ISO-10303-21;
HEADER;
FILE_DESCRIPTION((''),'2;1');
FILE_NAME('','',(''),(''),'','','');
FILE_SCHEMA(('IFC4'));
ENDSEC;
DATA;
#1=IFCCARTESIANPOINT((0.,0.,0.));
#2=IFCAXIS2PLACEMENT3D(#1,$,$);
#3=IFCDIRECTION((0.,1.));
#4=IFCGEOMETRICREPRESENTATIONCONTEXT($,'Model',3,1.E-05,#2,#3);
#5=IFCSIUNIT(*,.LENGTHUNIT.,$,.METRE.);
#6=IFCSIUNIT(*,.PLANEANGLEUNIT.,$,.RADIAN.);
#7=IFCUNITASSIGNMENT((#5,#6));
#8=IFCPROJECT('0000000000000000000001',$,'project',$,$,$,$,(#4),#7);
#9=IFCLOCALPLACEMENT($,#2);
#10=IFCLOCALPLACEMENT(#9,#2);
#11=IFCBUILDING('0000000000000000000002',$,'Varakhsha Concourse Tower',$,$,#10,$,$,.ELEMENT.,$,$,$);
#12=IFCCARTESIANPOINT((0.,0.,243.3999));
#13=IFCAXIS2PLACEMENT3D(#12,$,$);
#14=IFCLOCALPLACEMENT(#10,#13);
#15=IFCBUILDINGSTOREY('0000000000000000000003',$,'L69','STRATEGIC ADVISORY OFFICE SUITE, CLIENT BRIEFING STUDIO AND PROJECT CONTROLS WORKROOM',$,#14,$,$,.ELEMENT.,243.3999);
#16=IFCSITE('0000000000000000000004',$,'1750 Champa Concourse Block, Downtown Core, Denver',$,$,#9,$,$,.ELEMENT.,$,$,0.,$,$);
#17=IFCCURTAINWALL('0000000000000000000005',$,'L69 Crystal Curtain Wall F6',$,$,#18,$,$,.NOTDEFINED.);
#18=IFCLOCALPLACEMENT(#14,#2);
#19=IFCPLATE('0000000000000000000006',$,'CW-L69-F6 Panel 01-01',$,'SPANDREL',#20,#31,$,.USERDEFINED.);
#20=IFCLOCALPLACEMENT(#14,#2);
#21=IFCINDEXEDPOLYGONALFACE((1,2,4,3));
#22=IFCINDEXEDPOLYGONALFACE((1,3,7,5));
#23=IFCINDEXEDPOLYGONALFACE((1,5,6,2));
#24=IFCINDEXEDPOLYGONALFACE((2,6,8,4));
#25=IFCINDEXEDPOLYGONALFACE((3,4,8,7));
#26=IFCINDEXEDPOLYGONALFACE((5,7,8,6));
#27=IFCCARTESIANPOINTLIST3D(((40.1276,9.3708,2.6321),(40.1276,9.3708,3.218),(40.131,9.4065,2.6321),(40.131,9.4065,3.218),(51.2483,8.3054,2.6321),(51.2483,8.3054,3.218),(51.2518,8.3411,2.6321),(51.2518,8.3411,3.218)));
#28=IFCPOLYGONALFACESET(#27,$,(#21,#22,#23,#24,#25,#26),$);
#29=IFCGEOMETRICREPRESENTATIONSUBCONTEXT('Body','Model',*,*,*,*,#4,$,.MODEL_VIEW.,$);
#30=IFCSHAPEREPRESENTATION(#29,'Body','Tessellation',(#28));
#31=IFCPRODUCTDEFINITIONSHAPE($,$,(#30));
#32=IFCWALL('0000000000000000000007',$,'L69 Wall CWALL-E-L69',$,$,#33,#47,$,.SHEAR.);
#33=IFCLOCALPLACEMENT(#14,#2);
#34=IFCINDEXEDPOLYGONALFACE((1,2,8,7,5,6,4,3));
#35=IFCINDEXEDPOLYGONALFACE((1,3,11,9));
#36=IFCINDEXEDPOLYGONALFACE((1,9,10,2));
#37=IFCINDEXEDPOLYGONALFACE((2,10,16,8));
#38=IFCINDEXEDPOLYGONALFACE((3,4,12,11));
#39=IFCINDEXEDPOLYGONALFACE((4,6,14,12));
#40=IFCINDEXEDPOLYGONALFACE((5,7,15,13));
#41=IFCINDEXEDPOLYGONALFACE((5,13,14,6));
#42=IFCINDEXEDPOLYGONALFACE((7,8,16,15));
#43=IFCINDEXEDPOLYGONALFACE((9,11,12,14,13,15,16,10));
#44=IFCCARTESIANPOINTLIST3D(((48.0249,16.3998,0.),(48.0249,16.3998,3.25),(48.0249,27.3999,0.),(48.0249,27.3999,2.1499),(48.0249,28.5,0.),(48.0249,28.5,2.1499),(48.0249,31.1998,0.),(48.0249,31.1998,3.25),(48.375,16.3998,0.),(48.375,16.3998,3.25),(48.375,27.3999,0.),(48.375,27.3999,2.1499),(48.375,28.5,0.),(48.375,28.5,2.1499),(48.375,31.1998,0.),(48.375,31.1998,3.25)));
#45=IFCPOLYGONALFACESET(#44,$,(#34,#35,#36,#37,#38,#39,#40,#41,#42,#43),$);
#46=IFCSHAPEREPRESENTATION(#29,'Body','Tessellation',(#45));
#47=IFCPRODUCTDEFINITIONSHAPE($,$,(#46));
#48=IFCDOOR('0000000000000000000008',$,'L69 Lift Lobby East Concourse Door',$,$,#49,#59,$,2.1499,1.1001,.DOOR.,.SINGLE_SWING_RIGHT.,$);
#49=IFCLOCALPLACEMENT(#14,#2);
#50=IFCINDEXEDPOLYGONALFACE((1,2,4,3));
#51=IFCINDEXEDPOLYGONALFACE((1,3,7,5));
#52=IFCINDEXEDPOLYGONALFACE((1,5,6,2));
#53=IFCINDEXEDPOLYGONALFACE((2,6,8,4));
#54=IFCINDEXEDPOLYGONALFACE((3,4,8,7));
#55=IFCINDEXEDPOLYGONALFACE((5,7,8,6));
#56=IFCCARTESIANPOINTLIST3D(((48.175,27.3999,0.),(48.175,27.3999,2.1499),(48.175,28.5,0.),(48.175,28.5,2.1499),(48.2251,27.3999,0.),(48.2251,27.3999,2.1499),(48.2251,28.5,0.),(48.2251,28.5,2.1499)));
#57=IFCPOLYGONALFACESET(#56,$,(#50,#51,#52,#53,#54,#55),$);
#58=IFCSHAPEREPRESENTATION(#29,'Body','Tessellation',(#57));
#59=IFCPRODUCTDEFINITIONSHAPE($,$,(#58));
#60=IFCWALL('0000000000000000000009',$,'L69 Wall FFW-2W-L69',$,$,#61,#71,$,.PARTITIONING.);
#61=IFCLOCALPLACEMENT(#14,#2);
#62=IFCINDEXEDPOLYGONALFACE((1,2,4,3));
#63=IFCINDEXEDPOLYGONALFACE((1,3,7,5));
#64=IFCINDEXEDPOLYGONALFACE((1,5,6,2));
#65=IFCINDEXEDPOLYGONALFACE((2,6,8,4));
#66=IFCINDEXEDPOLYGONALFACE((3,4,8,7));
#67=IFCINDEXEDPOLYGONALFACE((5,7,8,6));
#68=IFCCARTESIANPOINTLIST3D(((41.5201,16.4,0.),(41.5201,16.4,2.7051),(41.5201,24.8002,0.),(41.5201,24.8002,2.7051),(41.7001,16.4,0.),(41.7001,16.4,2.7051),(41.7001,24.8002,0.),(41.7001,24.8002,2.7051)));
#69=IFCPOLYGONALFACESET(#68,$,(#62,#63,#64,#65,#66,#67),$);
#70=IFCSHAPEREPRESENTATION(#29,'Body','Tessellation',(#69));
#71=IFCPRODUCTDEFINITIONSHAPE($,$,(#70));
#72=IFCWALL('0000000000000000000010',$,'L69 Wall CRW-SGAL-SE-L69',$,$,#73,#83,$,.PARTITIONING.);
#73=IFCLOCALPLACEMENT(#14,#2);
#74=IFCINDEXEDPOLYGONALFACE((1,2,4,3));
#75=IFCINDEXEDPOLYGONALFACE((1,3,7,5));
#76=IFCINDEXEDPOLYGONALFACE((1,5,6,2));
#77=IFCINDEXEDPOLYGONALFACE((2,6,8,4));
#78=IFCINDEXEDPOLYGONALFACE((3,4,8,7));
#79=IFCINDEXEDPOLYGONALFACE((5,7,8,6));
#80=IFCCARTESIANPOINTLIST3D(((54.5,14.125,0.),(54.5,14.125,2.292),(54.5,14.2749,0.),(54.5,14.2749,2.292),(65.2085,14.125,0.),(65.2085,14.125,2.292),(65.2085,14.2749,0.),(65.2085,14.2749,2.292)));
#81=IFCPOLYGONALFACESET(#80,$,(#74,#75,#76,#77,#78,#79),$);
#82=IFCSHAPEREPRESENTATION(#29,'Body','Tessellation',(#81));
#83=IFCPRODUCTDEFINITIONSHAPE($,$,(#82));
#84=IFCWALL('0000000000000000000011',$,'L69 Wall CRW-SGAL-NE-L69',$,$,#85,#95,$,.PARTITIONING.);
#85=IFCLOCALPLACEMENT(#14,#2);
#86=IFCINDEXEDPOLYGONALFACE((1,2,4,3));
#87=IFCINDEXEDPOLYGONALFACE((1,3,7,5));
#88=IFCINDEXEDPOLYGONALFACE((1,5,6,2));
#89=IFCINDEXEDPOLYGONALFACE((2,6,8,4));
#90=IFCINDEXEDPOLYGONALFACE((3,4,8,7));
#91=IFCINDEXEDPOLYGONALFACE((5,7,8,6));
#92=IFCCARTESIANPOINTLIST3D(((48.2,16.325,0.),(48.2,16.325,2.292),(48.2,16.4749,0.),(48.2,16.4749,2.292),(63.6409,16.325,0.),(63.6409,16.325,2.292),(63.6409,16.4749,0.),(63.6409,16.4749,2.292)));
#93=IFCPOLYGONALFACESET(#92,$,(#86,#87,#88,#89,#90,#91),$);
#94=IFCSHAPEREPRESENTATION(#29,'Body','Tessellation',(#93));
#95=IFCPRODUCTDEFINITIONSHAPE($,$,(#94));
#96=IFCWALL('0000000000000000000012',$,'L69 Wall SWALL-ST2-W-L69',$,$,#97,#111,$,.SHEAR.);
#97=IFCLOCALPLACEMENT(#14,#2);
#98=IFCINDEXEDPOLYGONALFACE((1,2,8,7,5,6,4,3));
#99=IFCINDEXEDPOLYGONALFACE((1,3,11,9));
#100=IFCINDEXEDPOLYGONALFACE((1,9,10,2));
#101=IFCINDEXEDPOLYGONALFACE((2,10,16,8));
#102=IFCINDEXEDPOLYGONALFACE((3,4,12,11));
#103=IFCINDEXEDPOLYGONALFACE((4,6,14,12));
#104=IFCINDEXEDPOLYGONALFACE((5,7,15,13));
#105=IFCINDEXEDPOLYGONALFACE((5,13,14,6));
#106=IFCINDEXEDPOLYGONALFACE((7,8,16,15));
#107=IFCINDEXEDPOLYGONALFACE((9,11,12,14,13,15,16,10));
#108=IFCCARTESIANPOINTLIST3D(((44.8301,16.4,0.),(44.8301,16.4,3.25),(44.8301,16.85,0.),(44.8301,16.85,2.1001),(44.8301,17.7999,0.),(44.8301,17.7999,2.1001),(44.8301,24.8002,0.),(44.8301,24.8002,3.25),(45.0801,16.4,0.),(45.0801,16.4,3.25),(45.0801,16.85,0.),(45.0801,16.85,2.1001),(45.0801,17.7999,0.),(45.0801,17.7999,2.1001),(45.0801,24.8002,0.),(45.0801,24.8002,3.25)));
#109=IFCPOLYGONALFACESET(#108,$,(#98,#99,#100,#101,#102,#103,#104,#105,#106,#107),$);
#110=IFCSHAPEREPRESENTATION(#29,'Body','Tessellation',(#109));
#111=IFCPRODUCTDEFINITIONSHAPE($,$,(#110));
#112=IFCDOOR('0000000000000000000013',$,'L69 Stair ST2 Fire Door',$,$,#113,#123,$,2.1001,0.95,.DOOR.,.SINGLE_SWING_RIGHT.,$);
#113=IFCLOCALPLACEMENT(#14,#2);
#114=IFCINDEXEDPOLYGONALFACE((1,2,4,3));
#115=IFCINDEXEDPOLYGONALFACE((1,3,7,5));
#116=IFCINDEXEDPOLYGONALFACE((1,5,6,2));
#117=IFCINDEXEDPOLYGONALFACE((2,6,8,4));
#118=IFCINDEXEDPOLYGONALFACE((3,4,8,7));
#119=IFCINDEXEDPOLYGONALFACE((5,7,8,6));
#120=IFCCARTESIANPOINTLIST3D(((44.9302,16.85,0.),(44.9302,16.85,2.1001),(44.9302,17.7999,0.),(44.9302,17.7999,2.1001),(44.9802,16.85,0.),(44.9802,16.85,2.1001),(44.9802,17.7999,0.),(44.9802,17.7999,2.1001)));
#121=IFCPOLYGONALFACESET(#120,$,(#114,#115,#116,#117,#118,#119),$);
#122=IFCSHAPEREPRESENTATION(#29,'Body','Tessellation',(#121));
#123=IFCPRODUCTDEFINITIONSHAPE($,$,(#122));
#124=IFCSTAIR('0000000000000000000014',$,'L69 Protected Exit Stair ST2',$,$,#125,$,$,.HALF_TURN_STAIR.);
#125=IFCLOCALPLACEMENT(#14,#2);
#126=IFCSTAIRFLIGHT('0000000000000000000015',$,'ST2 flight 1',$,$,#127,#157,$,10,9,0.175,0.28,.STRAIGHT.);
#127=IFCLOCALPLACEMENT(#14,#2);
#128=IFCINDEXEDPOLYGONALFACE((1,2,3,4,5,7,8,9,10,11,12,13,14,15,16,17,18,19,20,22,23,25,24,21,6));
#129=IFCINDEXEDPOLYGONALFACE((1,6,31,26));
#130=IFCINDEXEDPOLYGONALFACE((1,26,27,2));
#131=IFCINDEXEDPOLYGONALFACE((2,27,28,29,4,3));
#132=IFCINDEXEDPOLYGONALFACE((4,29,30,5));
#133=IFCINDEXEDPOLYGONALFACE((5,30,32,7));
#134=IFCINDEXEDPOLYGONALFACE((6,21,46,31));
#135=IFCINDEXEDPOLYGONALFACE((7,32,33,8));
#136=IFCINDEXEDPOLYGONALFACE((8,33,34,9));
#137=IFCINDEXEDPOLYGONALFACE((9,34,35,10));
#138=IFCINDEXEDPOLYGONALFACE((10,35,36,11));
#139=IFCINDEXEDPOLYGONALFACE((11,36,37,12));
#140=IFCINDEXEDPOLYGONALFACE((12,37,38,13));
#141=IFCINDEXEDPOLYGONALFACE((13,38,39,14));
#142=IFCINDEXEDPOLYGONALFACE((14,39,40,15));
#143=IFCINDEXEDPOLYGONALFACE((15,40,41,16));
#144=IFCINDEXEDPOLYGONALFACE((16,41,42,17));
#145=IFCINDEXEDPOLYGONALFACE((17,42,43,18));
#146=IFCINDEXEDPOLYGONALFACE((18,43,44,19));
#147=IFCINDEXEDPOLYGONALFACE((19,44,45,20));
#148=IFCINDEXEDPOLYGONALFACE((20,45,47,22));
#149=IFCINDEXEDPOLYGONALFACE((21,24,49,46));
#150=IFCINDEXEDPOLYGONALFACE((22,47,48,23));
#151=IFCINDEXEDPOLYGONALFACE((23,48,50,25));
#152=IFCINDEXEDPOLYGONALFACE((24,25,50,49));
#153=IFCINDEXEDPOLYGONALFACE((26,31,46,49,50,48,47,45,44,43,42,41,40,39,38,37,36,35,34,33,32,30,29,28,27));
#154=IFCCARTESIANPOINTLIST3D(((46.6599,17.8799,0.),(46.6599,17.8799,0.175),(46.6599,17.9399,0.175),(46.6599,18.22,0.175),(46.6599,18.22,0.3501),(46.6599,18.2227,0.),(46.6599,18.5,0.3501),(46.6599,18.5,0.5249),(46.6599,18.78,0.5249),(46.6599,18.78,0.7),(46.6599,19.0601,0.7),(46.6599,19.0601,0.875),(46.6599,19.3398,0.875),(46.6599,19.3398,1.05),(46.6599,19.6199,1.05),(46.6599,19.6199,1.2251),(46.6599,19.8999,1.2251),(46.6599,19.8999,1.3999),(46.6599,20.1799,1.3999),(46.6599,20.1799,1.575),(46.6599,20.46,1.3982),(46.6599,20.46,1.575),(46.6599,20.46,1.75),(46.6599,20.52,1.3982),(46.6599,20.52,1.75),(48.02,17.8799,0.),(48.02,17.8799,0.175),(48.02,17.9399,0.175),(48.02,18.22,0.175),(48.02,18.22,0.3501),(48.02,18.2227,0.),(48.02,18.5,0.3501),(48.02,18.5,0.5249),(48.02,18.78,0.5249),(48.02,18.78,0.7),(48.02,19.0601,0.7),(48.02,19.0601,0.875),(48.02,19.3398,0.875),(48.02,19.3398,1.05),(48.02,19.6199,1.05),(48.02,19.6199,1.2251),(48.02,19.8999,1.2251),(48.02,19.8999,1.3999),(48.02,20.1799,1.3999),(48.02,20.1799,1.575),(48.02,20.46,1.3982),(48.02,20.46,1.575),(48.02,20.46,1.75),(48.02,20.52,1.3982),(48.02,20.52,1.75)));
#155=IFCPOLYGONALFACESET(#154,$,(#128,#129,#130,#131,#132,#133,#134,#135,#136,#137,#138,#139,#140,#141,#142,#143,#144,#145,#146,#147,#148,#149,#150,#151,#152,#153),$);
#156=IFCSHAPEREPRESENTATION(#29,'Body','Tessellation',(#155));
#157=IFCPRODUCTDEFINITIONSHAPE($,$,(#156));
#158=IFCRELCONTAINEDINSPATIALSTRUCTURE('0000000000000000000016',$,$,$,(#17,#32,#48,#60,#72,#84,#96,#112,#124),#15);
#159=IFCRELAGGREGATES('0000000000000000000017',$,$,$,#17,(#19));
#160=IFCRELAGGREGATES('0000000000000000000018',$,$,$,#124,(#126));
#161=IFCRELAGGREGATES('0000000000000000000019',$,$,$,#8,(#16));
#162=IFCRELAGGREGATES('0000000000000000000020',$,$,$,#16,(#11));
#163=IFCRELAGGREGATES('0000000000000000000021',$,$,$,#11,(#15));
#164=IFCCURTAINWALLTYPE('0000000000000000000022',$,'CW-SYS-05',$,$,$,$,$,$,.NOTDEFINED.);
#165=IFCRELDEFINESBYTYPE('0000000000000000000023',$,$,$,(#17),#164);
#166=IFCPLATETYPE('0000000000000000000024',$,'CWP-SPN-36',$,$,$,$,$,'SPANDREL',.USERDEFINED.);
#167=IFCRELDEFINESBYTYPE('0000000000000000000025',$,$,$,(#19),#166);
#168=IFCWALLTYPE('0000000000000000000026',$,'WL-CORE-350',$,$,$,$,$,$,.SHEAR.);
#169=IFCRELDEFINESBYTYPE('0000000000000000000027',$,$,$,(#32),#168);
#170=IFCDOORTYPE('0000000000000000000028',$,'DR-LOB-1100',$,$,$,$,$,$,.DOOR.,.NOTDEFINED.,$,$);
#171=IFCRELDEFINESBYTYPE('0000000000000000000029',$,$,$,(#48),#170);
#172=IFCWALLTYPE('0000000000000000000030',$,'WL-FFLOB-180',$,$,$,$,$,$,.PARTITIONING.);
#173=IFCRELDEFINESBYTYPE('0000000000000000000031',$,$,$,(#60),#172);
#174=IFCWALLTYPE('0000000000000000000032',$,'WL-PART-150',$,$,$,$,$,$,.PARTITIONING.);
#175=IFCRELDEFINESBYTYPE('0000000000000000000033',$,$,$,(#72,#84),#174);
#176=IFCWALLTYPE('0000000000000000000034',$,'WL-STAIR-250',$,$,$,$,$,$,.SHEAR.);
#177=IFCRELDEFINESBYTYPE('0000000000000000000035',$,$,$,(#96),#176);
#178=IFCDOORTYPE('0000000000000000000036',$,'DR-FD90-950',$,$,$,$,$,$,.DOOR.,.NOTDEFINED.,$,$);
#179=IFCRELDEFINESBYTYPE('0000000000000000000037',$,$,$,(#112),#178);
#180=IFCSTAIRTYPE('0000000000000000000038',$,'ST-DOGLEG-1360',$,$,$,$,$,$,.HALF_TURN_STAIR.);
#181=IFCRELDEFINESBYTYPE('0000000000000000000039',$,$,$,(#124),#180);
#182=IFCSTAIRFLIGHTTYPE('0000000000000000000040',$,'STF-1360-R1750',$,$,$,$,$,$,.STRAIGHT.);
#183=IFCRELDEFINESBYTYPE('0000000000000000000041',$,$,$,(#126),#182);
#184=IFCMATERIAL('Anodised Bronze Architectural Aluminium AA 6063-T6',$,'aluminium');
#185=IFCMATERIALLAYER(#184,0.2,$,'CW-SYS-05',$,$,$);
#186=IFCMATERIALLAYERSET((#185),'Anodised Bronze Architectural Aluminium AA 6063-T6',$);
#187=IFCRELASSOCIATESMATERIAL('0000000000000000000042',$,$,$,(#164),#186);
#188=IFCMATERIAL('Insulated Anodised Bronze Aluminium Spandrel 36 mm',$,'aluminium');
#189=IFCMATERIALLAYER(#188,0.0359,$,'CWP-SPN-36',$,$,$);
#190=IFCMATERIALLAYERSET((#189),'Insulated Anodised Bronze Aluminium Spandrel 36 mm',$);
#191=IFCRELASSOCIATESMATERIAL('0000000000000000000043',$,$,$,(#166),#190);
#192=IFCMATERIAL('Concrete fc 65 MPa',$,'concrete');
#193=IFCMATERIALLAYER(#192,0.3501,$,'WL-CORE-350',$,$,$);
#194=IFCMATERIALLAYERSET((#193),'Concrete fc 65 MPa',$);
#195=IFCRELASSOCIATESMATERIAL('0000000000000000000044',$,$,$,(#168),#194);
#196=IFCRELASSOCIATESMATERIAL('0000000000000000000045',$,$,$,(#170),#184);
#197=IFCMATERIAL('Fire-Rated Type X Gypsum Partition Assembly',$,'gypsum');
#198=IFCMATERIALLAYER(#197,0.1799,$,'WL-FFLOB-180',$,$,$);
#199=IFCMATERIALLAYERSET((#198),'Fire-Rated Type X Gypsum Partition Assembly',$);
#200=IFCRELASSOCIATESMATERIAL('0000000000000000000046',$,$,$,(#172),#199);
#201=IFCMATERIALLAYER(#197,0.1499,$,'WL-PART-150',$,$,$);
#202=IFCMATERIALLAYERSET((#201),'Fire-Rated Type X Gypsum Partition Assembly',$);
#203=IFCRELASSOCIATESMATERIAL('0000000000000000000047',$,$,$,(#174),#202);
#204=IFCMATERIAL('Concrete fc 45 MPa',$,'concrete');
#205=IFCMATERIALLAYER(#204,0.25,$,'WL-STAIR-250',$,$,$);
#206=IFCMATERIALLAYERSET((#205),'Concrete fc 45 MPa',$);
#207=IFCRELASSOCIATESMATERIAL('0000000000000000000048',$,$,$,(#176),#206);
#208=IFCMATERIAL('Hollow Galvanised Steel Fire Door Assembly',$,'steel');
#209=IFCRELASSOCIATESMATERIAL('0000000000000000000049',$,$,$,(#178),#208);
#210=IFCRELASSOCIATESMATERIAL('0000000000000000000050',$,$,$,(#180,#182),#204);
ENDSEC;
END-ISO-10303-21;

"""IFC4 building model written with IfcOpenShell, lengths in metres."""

from ifc_helpers import new_model, si_unit, direction, frame, frame_2d, origin, origin_2d, place, context, subcontext, project, spatial, polyline, rectangle, outline, extrude, source, transform, mapped, material, layer, layer_set, type_object, type_shapes, element, fill, aggregate, save


model = new_model("IFC4")

# Units and contexts
model_context = context("Model", 3, precision=1e-05, world=origin(), true_north=direction((0.0, 1.0)))
body_context = subcontext(model_context, "Body", "Model", "MODEL_VIEW")
ifc_project = project(units=[si_unit("LENGTHUNIT", "METRE"), si_unit("PLANEANGLEUNIT", "RADIAN")], contexts=[model_context])

# Site, building, storey
site_placement = place(None, origin())
site = spatial("IfcSite", under=ifc_project, at=site_placement, Name="1750 Champa Concourse Block, Downtown Core, Denver", CompositionType="ELEMENT", RefElevation=0.0)
building_placement = place(site_placement, origin())
building = spatial("IfcBuilding", under=site, at=building_placement, Name="Varakhsha Concourse Tower", CompositionType="ELEMENT")
storey_placement = place(building_placement, frame((0.0, 0.0, 243.3999)))
storey = spatial("IfcBuildingStorey", under=building, at=storey_placement, Name="L69", Description="STRATEGIC ADVISORY OFFICE SUITE, CLIENT BRIEFING STUDIO AND PROJECT CONTROLS WORKROOM", CompositionType="ELEMENT", Elevation=243.3999)

# Shared definitions
ifc_material_1 = material(Name="Concrete fc 65 MPa", Category="concrete")

# Shared definitions
ifc_material_2 = material(Name="Anodised Bronze Architectural Aluminium AA 6063-T6", Category="aluminium")
ifc_layer_1 = layer(ifc_material_2, 0.2, Name="CW-SYS-05")
ifc_layer_set_1 = layer_set([ifc_layer_1], Name="Anodised Bronze Architectural Aluminium AA 6063-T6")
curtain_wall_type = type_object("IfcCurtainWallType", Name="CW-SYS-05", PredefinedType="NOTDEFINED", material=ifc_layer_set_1)

# Curtain wall
curtain_wall_1_placement = place(storey_placement, origin())
curtain_wall_1 = element("IfcCurtainWall", 1, at=curtain_wall_1_placement, inside=storey, type_object=curtain_wall_type, Name="L69 Crystal Curtain Wall F6", PredefinedType="NOTDEFINED")

# Plate
ifc_material_3 = material(Name="Insulated Anodised Bronze Aluminium Spandrel 36 mm", Category="aluminium")
ifc_layer_2 = layer(ifc_material_3, 0.0359, Name="CWP-SPN-36")
ifc_layer_set_2 = layer_set([ifc_layer_2], Name="Insulated Anodised Bronze Aluminium Spandrel 36 mm")
plate_type_1 = type_object("IfcPlateType", Name="CWP-SPN-36", ElementType="SPANDREL", PredefinedType="USERDEFINED", material=ifc_layer_set_2)
shared_shape_1 = source(origin(), body_context, "Body", "SweptSolid", [
    extrude(rectangle(XDim=11.1716, YDim=0.0359, at=origin_2d()), origin(), (0.0, 0.0, 1.0), 0.5859),
])
type_shapes(plate_type_1, [shared_shape_1])
plate_1_placement = place(storey_placement, frame((45.6897, 8.856, 2.6321), z_axis=(0.0, 0.0, 1.0), x_axis=(-0.995443, 0.095363, 0.0)))
plate_1 = element("IfcPlate", 2, at=plate_1_placement, type_object=plate_type_1, Name="CW-L69-F6 Panel 01-01", ObjectType="SPANDREL", PredefinedType="USERDEFINED", context=body_context, shape_type="MappedRepresentation", body=[
    mapped(shared_shape_1, transform((0.0, 0.0, 0.0), scale=1.0)),
])
aggregate(curtain_wall_1, [plate_1])

# Wall, opening, door
ifc_layer_3 = layer(ifc_material_1, 0.3501, Name="WL-CORE-350")
ifc_layer_set_3 = layer_set([ifc_layer_3], Name="Concrete fc 65 MPa")
wall_type_1 = type_object("IfcWallType", Name="WL-CORE-350", PredefinedType="SHEAR", material=ifc_layer_set_3)
wall_1_placement = place(storey_placement, frame((48.2, 16.3999, 0.0), z_axis=(0.0, 0.0, 1.0), x_axis=(0.0, 1.0, 0.0)))
wall_1 = element("IfcWall", 3, at=wall_1_placement, inside=storey, type_object=wall_type_1, Name="L69 Wall CWALL-E-L69", PredefinedType="SHEAR", context=body_context, shape_type="SweptSolid", body=[
    extrude(rectangle(XDim=14.8, YDim=0.3501, at=frame_2d((7.3999, 0.0))), origin(), (0.0, 0.0, 1.0), 3.25),
])
opening_1_placement = place(wall_1_placement, frame((11.0, 0.0, 0.0)))
opening_1 = element("IfcOpeningElement", 4, at=opening_1_placement, cuts=wall_1, PredefinedType="OPENING", context=body_context, shape_type="SweptSolid", body=[
    extrude(rectangle(XDim=1.1001, YDim=2.1499, at=frame_2d((0.55, 1.075))), frame((0.0, 0.1851, 0.0), z_axis=(0.0, -1.0, 0.0), x_axis=(1.0, 0.0, 0.0)), (0.0, 0.0, 1.0), 0.3701),
])
door_type_1 = type_object("IfcDoorType", Name="DR-LOB-1100", OperationType="NOTDEFINED", PredefinedType="DOOR", material=ifc_material_2)
door_1_placement = place(opening_1_placement, origin())
door_1 = element("IfcDoor", 5, at=door_1_placement, inside=storey, type_object=door_type_1, Name="L69 Lift Lobby East Concourse Door", OperationType="SINGLE_SWING_RIGHT", OverallHeight=2.1499, OverallWidth=1.1001, PredefinedType="DOOR", context=body_context, shape_type="SweptSolid", body=[
    extrude(rectangle(XDim=1.1001, YDim=2.1499, at=frame_2d((0.55, 1.075))), frame((0.0, 0.0249, 0.0), z_axis=(0.0, -1.0, 0.0), x_axis=(1.0, 0.0, 0.0)), (0.0, 0.0, 1.0), 0.05),
])
fill(opening_1, door_1)

# Walls
ifc_material_4 = material(Name="Fire-Rated Type X Gypsum Partition Assembly", Category="gypsum")
ifc_layer_4 = layer(ifc_material_4, 0.1799, Name="WL-FFLOB-180")
ifc_layer_set_4 = layer_set([ifc_layer_4], Name="Fire-Rated Type X Gypsum Partition Assembly")
wall_type_2 = type_object("IfcWallType", Name="WL-FFLOB-180", PredefinedType="PARTITIONING", material=ifc_layer_set_4)
wall_2_placement = place(storey_placement, frame((41.6101, 16.3999, 0.0), z_axis=(0.0, 0.0, 1.0), x_axis=(0.0, 1.0, 0.0)))
element("IfcWall", 6, at=wall_2_placement, inside=storey, type_object=wall_type_2, Name="L69 Wall FFW-2W-L69", PredefinedType="PARTITIONING", context=body_context, shape_type="SweptSolid", body=[
    extrude(rectangle(XDim=8.4001, YDim=0.1799, at=frame_2d((4.2002, 0.0))), origin(), (0.0, 0.0, 1.0), 2.7051),
])
ifc_layer_5 = layer(ifc_material_4, 0.1499, Name="WL-PART-150")
ifc_layer_set_5 = layer_set([ifc_layer_5], Name="Fire-Rated Type X Gypsum Partition Assembly")
wall_type_3 = type_object("IfcWallType", Name="WL-PART-150", PredefinedType="PARTITIONING", material=ifc_layer_set_5)
wall_3_placement = place(storey_placement, frame((54.5, 14.2, 0.0), z_axis=(0.0, 0.0, 1.0), x_axis=(1.0, 0.0, 0.0)))
element("IfcWall", 7, at=wall_3_placement, inside=storey, type_object=wall_type_3, Name="L69 Wall CRW-SGAL-SE-L69", PredefinedType="PARTITIONING", context=body_context, shape_type="SweptSolid", body=[
    extrude(rectangle(XDim=10.7085, YDim=0.1499, at=frame_2d((5.3542, 0.0))), origin(), (0.0, 0.0, 1.0), 2.292),
])
wall_4_placement = place(storey_placement, frame((48.2, 16.3999, 0.0), z_axis=(0.0, 0.0, 1.0), x_axis=(1.0, 0.0, 0.0)))
element("IfcWall", 8, at=wall_4_placement, inside=storey, type_object=wall_type_3, Name="L69 Wall CRW-SGAL-NE-L69", PredefinedType="PARTITIONING", context=body_context, shape_type="SweptSolid", body=[
    extrude(rectangle(XDim=15.4409, YDim=0.1499, at=frame_2d((7.7205, 0.0))), origin(), (0.0, 0.0, 1.0), 2.292),
])

# Wall, opening, door
ifc_material_5 = material(Name="Concrete fc 45 MPa", Category="concrete")
ifc_layer_6 = layer(ifc_material_5, 0.25, Name="WL-STAIR-250")
ifc_layer_set_6 = layer_set([ifc_layer_6], Name="Concrete fc 45 MPa")
wall_type_4 = type_object("IfcWallType", Name="WL-STAIR-250", PredefinedType="SHEAR", material=ifc_layer_set_6)
wall_5_placement = place(storey_placement, frame((44.9551, 16.3999, 0.0), z_axis=(0.0, 0.0, 1.0), x_axis=(0.0, 1.0, 0.0)))
wall_5 = element("IfcWall", 9, at=wall_5_placement, inside=storey, type_object=wall_type_4, Name="L69 Wall SWALL-ST2-W-L69", PredefinedType="SHEAR", context=body_context, shape_type="SweptSolid", body=[
    extrude(rectangle(XDim=8.4001, YDim=0.25, at=frame_2d((4.2002, 0.0))), origin(), (0.0, 0.0, 1.0), 3.25),
])
opening_2_placement = place(wall_5_placement, frame((0.45, 0.0, 0.0)))
opening_2 = element("IfcOpeningElement", 10, at=opening_2_placement, cuts=wall_5, PredefinedType="OPENING", context=body_context, shape_type="SweptSolid", body=[
    extrude(rectangle(XDim=0.95, YDim=2.1001, at=frame_2d((0.4751, 1.05))), frame((0.0, 0.135, 0.0), z_axis=(0.0, -1.0, 0.0), x_axis=(1.0, 0.0, 0.0)), (0.0, 0.0, 1.0), 0.27),
])
ifc_material_6 = material(Name="Hollow Galvanised Steel Fire Door Assembly", Category="steel")
door_type_2 = type_object("IfcDoorType", Name="DR-FD90-950", OperationType="NOTDEFINED", PredefinedType="DOOR", material=ifc_material_6)
door_2_placement = place(opening_2_placement, origin())
door_2 = element("IfcDoor", 11, at=door_2_placement, inside=storey, type_object=door_type_2, Name="L69 Stair ST2 Fire Door", OperationType="SINGLE_SWING_RIGHT", OverallHeight=2.1001, OverallWidth=0.95, PredefinedType="DOOR", context=body_context, shape_type="SweptSolid", body=[
    extrude(rectangle(XDim=0.95, YDim=2.1001, at=frame_2d((0.4751, 1.05))), frame((0.0, 0.0249, 0.0), z_axis=(0.0, -1.0, 0.0), x_axis=(1.0, 0.0, 0.0)), (0.0, 0.0, 1.0), 0.05),
])
fill(opening_2, door_2)

# Stair, stair flight
stair_type = type_object("IfcStairType", Name="ST-DOGLEG-1360", PredefinedType="HALF_TURN_STAIR", material=ifc_material_5)
stair_placement = place(storey_placement, origin())
stair = element("IfcStair", 12, at=stair_placement, inside=storey, type_object=stair_type, Name="L69 Protected Exit Stair ST2", PredefinedType="HALF_TURN_STAIR")
stair_flight_type = type_object("IfcStairFlightType", Name="STF-1360-R1750", PredefinedType="STRAIGHT", material=ifc_material_5)
stair_flight_1_placement = place(storey_placement, frame((47.3401, 17.9399, 0.0), z_axis=(0.0, 0.0, 1.0), x_axis=(0.0, 1.0, 0.0)))
stair_flight_1 = element("IfcStairFlight", 13, at=stair_flight_1_placement, type_object=stair_flight_type, Name="ST2 flight 1", NumberOfRisers=10, NumberOfTreads=9, PredefinedType="STRAIGHT", RiserHeight=0.175, TreadLength=0.28, context=body_context, shape_type="SweptSolid", body=[
    extrude(outline(polyline([(-0.0601, 0.0), (-0.0601, 0.175), (0.0, 0.175), (0.28, 0.175), (0.28, 0.3501), (0.5601, 0.3501), (0.5601, 0.5249), (0.8401, 0.5249), (0.8401, 0.7), (1.1201, 0.7), (1.1201, 0.875), (1.3999, 0.875), (1.3999, 1.05), (1.6799, 1.05), (1.6799, 1.2251), (1.96, 1.2251), (1.96, 1.3999), (2.24, 1.3999), (2.24, 1.575), (2.52, 1.575), (2.52, 1.75), (2.5801, 1.75), (2.5801, 1.3982), (2.52, 1.3982), (0.2827, 0.0), (-0.0601, 0.0)])), frame((0.0, 0.6802, 0.0), z_axis=(0.0, -1.0, 0.0), x_axis=(1.0, 0.0, 0.0)), (0.0, 0.0, 1.0), 1.3601),
])
aggregate(stair, [stair_flight_1])

save(model, "model.ifc")
